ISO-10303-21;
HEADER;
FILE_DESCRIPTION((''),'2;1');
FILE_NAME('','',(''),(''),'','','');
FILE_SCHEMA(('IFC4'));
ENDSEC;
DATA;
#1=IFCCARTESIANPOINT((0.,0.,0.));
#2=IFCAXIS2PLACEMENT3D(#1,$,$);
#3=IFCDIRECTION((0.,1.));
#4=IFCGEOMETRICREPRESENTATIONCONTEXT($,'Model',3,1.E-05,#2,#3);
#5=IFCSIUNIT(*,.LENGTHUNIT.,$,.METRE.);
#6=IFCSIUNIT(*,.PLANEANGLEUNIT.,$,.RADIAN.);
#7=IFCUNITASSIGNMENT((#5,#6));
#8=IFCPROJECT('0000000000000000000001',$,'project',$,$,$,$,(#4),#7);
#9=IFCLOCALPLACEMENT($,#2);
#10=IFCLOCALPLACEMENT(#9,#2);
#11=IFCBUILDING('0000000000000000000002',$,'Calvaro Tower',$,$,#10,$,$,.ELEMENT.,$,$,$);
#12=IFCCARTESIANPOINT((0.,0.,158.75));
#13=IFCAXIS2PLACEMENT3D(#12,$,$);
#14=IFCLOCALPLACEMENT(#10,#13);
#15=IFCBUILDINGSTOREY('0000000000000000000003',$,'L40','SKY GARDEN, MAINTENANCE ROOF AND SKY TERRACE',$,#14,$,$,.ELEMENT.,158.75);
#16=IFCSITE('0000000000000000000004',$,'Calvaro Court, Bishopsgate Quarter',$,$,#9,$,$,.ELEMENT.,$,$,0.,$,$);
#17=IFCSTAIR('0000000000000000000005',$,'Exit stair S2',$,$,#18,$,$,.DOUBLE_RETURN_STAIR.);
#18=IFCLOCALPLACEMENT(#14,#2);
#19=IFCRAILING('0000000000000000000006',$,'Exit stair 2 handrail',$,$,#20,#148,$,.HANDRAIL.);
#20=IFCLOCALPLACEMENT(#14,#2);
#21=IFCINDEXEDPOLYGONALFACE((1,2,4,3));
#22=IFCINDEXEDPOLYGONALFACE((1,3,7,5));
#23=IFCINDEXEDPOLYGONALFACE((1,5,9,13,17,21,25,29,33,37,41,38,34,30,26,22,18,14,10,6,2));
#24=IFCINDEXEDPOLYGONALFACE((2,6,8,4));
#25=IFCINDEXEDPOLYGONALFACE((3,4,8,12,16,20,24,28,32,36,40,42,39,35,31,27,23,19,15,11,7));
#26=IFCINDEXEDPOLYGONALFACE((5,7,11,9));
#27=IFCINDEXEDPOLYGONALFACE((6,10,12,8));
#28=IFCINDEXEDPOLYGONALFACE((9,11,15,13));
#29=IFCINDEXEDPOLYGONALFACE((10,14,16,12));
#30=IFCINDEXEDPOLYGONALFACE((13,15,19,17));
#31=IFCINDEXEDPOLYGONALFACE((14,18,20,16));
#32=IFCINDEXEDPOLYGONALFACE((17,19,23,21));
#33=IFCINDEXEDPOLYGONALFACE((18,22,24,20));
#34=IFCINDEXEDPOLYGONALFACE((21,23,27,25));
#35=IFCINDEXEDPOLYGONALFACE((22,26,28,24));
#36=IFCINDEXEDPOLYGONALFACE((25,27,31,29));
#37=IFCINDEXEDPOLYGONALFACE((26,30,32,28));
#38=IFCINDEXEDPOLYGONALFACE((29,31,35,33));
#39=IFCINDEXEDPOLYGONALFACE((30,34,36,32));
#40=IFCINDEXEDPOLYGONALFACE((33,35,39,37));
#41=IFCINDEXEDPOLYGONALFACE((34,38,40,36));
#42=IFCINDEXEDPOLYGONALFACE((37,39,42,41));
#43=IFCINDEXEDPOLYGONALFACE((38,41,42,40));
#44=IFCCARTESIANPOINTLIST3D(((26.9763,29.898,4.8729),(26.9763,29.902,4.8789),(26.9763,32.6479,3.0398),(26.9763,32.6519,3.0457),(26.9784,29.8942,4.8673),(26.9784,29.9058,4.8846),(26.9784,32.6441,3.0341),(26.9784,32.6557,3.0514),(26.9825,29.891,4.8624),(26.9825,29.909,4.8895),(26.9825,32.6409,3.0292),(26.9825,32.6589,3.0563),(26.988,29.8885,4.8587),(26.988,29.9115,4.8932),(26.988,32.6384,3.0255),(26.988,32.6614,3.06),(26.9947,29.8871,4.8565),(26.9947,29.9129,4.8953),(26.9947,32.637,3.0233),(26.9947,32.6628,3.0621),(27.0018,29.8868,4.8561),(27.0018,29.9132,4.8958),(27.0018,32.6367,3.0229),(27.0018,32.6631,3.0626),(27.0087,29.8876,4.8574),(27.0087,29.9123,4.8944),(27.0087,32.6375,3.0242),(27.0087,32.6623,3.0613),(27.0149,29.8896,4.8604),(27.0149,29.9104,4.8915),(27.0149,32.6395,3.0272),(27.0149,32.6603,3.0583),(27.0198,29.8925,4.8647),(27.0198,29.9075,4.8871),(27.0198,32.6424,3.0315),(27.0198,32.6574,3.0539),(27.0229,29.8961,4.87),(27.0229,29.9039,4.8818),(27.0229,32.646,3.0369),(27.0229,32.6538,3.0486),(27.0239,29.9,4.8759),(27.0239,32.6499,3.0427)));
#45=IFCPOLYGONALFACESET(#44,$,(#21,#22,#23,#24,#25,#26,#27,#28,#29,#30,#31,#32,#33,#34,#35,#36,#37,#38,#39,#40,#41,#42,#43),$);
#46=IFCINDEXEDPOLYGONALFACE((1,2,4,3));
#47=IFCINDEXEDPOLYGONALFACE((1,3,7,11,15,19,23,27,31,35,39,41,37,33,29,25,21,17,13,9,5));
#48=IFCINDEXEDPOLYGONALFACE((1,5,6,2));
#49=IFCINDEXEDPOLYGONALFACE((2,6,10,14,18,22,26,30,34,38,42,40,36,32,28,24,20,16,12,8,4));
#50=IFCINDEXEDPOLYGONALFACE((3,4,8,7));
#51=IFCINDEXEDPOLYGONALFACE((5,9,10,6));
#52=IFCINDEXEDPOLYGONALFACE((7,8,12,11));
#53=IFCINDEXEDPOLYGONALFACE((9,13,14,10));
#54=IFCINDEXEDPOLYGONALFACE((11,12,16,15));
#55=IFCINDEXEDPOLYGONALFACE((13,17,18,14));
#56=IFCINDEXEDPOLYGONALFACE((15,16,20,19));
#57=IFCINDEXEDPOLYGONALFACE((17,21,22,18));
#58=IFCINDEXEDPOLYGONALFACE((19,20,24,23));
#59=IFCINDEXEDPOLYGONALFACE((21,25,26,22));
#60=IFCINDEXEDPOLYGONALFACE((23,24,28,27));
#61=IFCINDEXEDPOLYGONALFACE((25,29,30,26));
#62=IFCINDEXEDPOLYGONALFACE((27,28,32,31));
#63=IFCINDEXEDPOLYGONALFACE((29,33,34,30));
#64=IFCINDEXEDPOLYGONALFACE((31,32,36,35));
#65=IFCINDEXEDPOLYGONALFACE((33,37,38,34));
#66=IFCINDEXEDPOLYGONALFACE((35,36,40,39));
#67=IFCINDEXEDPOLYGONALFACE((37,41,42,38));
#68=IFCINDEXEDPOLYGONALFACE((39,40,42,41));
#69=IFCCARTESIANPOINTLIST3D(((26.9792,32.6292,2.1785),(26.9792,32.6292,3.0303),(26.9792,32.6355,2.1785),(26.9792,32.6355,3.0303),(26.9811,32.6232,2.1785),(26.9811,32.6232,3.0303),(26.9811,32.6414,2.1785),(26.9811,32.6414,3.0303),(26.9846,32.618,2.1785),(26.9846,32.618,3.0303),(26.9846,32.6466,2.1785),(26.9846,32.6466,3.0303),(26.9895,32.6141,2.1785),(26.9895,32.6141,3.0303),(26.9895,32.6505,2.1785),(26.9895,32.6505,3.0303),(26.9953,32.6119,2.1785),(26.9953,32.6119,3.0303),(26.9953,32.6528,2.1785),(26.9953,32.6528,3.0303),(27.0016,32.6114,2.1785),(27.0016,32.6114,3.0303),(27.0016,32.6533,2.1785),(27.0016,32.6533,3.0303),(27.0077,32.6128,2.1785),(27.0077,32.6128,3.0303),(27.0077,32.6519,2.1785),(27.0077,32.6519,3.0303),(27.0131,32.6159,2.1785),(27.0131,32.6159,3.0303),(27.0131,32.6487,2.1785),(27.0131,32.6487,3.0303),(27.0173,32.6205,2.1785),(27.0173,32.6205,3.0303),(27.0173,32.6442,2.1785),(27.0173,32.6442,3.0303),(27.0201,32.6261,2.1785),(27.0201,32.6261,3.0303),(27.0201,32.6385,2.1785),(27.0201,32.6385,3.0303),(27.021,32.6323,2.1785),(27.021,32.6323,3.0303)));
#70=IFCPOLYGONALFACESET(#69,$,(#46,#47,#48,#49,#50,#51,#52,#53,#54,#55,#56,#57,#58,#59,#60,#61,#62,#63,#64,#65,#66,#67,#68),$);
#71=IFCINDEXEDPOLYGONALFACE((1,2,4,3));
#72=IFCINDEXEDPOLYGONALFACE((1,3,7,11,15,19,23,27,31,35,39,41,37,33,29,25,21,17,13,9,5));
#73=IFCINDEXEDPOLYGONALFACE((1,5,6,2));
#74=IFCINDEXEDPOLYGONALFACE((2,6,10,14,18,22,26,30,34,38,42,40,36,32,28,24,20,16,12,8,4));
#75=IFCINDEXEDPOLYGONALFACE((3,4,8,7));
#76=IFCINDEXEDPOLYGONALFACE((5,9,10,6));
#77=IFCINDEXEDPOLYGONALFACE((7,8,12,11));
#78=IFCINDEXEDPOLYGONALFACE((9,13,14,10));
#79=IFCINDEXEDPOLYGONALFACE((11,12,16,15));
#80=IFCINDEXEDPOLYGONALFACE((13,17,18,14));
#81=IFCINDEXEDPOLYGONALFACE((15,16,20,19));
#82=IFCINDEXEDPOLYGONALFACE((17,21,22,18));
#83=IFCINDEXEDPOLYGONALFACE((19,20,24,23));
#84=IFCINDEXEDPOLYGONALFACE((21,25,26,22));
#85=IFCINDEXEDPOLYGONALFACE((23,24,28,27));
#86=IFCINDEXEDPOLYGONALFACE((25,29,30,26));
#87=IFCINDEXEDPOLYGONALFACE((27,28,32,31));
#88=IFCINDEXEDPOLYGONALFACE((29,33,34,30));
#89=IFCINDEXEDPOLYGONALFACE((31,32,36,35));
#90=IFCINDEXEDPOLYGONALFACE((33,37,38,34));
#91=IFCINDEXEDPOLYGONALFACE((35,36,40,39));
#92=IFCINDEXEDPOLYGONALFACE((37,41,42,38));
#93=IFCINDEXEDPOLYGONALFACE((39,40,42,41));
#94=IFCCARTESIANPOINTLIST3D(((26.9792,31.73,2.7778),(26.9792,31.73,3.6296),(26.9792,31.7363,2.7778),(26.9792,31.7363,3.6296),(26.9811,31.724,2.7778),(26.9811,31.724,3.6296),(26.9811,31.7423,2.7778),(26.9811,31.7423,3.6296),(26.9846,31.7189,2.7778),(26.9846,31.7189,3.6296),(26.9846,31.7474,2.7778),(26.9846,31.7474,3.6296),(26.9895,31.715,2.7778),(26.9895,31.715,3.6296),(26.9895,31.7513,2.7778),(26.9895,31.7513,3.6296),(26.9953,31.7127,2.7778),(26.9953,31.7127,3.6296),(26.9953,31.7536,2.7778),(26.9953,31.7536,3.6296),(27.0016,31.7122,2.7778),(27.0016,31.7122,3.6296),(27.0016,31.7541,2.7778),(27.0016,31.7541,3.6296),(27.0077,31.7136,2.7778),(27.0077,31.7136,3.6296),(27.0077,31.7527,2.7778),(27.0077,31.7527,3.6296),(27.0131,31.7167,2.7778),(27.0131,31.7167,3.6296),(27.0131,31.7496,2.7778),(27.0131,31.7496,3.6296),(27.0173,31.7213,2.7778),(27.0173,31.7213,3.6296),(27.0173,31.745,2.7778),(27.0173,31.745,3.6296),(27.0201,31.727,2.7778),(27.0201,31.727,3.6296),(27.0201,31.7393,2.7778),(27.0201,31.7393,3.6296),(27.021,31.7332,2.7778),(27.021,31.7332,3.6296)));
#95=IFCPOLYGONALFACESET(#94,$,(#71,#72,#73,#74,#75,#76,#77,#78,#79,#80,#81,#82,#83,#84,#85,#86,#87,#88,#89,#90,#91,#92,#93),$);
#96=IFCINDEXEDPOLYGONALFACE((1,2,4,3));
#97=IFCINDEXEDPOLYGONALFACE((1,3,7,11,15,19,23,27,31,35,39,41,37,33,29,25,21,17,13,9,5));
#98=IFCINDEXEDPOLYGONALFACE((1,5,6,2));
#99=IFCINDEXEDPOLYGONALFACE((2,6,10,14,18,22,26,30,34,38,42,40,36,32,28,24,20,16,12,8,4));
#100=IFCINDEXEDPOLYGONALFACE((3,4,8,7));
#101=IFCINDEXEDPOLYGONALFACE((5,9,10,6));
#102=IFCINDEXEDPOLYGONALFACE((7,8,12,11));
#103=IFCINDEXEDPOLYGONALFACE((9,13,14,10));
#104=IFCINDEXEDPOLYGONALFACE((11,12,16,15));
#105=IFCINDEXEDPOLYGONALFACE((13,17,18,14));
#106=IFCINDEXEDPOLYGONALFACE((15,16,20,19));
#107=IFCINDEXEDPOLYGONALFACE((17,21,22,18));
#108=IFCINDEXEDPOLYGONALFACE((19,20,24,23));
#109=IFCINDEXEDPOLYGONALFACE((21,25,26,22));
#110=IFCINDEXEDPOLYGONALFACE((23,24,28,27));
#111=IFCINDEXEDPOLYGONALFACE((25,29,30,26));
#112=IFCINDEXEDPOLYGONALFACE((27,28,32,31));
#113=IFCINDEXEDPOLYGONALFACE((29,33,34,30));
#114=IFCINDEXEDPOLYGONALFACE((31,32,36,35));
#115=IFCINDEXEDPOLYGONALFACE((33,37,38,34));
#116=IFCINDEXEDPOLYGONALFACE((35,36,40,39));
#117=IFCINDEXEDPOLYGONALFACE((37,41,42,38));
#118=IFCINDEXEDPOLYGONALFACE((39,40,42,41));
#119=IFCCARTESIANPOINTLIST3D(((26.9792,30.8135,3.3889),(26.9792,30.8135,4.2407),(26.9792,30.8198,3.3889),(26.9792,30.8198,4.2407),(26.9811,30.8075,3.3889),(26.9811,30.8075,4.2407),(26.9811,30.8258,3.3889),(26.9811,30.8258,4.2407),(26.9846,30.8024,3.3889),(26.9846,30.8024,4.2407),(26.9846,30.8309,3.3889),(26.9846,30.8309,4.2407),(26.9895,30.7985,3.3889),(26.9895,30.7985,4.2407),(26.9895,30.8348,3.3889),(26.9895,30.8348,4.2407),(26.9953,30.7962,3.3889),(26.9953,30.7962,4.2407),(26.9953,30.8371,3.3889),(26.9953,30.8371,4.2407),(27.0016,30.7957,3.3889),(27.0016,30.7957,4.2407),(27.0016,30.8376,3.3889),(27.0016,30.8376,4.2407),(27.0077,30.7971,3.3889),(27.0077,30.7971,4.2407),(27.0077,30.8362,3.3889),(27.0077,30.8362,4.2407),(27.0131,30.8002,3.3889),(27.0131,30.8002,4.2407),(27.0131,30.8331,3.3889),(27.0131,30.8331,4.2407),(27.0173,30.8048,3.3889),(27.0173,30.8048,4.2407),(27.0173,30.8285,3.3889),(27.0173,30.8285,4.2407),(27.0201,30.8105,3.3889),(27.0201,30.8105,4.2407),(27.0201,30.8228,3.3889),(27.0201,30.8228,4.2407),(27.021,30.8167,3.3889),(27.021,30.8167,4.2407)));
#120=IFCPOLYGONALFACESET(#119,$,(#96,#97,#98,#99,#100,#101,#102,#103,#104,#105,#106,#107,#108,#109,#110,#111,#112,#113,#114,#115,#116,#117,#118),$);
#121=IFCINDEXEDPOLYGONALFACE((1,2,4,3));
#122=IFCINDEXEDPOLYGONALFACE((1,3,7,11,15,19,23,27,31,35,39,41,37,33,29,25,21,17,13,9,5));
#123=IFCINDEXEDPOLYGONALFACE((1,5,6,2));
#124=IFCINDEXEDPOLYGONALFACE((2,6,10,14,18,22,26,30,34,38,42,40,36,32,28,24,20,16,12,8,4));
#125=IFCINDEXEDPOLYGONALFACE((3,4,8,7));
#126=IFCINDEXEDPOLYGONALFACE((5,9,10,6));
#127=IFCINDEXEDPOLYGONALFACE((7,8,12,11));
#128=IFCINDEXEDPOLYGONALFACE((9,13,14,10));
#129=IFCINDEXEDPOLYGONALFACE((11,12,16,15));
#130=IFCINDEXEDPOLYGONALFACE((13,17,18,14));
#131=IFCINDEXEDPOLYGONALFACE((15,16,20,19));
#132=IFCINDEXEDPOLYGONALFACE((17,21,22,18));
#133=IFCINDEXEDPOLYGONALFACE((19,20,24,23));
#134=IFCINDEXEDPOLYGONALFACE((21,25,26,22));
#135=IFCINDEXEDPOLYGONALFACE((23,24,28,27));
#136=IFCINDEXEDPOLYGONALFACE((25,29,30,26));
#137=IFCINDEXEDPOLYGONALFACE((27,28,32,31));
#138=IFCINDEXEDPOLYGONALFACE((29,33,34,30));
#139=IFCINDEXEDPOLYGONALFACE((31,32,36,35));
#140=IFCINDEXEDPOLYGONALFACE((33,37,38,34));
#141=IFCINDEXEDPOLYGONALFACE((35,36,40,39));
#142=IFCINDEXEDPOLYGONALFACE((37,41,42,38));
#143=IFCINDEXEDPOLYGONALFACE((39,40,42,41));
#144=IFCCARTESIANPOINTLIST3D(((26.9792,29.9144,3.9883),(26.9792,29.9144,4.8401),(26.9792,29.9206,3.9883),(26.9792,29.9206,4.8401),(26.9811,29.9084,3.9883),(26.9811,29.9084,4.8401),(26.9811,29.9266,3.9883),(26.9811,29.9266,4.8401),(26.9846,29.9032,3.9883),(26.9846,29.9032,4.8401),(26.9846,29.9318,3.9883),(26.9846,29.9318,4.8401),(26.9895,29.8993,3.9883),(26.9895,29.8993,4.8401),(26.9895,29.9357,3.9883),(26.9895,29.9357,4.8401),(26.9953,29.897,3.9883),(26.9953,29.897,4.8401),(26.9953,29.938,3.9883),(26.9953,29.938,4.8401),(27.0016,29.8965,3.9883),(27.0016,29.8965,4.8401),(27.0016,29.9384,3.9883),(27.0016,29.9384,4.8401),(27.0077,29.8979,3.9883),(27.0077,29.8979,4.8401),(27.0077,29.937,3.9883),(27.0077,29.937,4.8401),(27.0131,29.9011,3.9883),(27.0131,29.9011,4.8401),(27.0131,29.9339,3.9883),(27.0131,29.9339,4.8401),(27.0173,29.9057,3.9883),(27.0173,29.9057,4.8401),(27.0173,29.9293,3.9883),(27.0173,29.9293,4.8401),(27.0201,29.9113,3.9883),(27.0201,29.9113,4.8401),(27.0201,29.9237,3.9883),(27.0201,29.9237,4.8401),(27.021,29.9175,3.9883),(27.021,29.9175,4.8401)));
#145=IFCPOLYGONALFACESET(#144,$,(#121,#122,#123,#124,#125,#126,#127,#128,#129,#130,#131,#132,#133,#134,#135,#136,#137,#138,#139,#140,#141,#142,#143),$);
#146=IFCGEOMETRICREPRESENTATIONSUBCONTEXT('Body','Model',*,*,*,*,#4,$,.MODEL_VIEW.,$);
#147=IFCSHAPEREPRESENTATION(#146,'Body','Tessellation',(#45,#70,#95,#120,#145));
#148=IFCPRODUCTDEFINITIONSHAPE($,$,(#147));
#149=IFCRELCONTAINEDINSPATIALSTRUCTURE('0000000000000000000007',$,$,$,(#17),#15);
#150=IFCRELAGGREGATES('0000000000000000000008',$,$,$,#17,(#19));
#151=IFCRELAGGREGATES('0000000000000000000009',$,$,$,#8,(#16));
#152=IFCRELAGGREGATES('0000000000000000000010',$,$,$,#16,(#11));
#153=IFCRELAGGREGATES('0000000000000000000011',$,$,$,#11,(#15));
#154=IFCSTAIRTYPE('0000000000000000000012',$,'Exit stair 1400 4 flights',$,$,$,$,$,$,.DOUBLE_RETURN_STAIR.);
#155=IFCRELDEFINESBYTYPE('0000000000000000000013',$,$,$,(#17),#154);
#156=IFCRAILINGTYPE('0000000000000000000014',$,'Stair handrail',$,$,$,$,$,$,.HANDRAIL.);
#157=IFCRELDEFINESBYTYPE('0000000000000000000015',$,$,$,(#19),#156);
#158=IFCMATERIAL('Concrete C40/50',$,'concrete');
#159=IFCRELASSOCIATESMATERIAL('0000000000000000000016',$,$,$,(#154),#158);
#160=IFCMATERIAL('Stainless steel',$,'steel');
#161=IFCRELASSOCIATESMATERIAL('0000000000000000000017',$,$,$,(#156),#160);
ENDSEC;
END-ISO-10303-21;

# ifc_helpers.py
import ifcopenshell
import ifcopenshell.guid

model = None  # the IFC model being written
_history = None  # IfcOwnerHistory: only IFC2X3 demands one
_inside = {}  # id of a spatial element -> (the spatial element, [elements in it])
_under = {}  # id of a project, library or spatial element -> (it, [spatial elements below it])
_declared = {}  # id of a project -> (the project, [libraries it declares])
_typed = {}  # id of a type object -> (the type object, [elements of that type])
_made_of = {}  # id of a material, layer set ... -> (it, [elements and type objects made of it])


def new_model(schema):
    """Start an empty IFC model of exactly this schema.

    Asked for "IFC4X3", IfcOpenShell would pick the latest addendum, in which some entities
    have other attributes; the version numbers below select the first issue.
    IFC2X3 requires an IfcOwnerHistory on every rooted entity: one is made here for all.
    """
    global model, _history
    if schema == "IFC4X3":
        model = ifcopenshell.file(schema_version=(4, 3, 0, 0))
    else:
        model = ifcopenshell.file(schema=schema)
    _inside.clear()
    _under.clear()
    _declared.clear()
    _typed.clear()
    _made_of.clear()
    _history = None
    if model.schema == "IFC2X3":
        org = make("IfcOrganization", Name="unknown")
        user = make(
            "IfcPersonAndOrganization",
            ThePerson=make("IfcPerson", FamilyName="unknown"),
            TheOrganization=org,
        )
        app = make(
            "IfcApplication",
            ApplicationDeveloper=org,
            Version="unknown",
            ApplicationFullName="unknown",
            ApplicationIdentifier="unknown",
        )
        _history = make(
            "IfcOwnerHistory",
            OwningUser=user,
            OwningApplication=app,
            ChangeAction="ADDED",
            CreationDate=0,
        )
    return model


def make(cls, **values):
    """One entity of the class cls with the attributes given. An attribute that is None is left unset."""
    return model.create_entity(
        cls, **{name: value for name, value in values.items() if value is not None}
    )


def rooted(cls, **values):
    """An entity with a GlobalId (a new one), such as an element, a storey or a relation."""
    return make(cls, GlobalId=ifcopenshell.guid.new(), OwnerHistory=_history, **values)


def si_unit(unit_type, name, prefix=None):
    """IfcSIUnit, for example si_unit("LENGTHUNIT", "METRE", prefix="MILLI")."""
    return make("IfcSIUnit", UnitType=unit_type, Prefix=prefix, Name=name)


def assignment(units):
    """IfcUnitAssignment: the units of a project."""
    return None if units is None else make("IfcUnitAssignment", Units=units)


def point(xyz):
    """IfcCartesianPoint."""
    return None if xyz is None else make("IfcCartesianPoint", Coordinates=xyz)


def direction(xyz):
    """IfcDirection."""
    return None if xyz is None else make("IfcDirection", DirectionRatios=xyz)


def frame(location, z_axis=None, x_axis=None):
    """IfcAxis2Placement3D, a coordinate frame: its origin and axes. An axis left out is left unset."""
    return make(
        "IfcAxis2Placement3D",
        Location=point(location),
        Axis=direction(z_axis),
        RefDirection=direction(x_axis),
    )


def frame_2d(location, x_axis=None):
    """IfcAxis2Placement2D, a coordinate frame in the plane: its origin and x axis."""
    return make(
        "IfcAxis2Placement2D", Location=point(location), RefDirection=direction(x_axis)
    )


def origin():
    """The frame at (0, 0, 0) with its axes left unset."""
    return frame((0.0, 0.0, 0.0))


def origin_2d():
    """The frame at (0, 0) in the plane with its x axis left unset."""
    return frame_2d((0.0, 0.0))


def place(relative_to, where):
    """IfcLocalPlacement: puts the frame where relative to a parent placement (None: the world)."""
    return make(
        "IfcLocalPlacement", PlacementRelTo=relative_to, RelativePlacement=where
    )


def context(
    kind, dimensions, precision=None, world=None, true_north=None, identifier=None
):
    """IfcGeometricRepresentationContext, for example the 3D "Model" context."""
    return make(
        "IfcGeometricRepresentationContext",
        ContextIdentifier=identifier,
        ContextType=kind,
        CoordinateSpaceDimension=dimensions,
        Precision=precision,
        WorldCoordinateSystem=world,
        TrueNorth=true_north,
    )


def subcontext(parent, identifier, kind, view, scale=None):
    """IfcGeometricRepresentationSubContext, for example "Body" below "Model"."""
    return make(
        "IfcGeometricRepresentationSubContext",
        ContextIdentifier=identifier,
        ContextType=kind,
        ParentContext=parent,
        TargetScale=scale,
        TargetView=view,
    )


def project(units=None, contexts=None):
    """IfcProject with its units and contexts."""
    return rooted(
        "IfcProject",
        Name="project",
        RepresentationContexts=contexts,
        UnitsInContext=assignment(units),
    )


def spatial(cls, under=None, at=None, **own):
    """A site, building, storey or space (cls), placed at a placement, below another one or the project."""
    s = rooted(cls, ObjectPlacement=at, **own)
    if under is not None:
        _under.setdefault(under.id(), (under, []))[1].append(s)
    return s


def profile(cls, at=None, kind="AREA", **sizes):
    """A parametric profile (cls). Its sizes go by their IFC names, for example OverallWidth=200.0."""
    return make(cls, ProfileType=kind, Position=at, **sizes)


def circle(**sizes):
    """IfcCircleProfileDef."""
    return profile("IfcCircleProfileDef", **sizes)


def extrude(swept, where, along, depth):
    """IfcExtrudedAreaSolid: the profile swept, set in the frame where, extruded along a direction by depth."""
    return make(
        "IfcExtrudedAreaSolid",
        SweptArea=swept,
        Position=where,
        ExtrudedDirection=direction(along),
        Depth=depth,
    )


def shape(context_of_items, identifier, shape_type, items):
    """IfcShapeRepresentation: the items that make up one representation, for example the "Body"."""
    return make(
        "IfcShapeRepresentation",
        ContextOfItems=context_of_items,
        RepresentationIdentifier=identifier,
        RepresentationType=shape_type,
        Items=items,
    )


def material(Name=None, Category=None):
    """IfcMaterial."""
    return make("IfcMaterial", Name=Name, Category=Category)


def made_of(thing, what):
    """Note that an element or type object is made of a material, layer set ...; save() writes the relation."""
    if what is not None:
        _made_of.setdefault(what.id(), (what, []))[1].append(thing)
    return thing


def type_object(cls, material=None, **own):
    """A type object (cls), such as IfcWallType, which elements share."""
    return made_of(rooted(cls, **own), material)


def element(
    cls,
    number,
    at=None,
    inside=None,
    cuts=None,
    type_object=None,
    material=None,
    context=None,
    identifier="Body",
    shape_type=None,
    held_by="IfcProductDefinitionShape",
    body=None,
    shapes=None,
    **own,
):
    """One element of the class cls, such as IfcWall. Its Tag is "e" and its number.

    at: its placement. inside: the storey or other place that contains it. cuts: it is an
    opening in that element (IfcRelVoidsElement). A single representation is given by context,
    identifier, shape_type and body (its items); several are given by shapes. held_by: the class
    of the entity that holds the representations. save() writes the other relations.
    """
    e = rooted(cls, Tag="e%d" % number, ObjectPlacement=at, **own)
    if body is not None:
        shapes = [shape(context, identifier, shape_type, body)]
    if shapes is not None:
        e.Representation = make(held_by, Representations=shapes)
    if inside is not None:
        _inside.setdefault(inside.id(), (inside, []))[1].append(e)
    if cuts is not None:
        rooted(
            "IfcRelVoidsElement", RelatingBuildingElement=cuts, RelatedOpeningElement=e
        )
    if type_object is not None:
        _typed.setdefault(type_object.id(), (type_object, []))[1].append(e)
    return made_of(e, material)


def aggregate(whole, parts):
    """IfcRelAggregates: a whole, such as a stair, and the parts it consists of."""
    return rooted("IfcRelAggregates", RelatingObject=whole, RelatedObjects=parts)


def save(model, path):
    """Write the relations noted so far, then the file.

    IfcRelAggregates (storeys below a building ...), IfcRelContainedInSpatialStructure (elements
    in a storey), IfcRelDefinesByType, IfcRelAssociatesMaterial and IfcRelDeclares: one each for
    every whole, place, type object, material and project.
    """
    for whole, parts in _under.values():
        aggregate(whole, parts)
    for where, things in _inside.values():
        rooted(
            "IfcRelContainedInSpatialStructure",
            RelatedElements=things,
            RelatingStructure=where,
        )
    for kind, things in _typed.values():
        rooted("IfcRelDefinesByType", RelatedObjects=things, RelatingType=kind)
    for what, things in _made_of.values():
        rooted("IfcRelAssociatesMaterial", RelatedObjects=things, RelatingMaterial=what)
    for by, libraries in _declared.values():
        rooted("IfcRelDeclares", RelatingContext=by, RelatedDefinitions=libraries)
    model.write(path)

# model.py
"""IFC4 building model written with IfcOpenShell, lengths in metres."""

from ifc_helpers import new_model, si_unit, direction, frame, origin, origin_2d, place, context, subcontext, project, spatial, circle, extrude, material, type_object, element, aggregate, save


model = new_model("IFC4")

# Units and contexts
model_context = context("Model", 3, precision=1e-05, world=origin(), true_north=direction((0.0, 1.0)))
body_context = subcontext(model_context, "Body", "Model", "MODEL_VIEW")
ifc_project = project(units=[si_unit("LENGTHUNIT", "METRE"), si_unit("PLANEANGLEUNIT", "RADIAN")], contexts=[model_context])

# Site, building, storey
site_placement = place(None, origin())
site = spatial("IfcSite", under=ifc_project, at=site_placement, Name="Calvaro Court, Bishopsgate Quarter", CompositionType="ELEMENT", RefElevation=0.0)
building_placement = place(site_placement, origin())
building = spatial("IfcBuilding", under=site, at=building_placement, Name="Calvaro Tower", CompositionType="ELEMENT")
storey_placement = place(building_placement, frame((0.0, 0.0, 158.75)))
storey = spatial("IfcBuildingStorey", under=building, at=storey_placement, Name="L40", Description="SKY GARDEN, MAINTENANCE ROOF AND SKY TERRACE", CompositionType="ELEMENT", Elevation=158.75)

# Stair, railing
ifc_material_1 = material(Name="Concrete C40/50", Category="concrete")
stair_type = type_object("IfcStairType", Name="Exit stair 1400 4 flights", PredefinedType="DOUBLE_RETURN_STAIR", material=ifc_material_1)
stair_placement = place(storey_placement, origin())
stair = element("IfcStair", 1, at=stair_placement, inside=storey, type_object=stair_type, Name="Exit stair S2", PredefinedType="DOUBLE_RETURN_STAIR")
ifc_material_2 = material(Name="Stainless steel", Category="steel")
railing_type = type_object("IfcRailingType", Name="Stair handrail", PredefinedType="HANDRAIL", material=ifc_material_2)
railing_1_placement = place(storey_placement, frame((27.0, 32.6499, 2.1667)))
railing_1 = element("IfcRailing", 2, at=railing_1_placement, type_object=railing_type, Name="Exit stair 2 handrail", PredefinedType="HANDRAIL", context=body_context, shape_type="SweptSolid", body=[
    extrude(circle(Radius=0.0239, at=origin_2d()), frame((0.0, 0.0, 0.876), z_axis=(0.0, -0.832062, 0.554683), x_axis=(1.0, 0.0, 0.0)), (0.0, 0.0, 1.0), 3.3049),
    extrude(circle(Radius=0.021, at=origin_2d()), frame((0.0, -0.0176, 0.0117)), (0.0, 0.0, 1.0), 0.8518),
    extrude(circle(Radius=0.021, at=origin_2d()), frame((0.0, -0.9167, 0.6111)), (0.0, 0.0, 1.0), 0.8518),
    extrude(circle(Radius=0.021, at=origin_2d()), frame((0.0, -1.8333, 1.2222)), (0.0, 0.0, 1.0), 0.8518),
    extrude(circle(Radius=0.021, at=origin_2d()), frame((0.0, -2.7324, 1.8215)), (0.0, 0.0, 1.0), 0.8518),
])
aggregate(stair, [railing_1])

save(model, "model.ifc")
